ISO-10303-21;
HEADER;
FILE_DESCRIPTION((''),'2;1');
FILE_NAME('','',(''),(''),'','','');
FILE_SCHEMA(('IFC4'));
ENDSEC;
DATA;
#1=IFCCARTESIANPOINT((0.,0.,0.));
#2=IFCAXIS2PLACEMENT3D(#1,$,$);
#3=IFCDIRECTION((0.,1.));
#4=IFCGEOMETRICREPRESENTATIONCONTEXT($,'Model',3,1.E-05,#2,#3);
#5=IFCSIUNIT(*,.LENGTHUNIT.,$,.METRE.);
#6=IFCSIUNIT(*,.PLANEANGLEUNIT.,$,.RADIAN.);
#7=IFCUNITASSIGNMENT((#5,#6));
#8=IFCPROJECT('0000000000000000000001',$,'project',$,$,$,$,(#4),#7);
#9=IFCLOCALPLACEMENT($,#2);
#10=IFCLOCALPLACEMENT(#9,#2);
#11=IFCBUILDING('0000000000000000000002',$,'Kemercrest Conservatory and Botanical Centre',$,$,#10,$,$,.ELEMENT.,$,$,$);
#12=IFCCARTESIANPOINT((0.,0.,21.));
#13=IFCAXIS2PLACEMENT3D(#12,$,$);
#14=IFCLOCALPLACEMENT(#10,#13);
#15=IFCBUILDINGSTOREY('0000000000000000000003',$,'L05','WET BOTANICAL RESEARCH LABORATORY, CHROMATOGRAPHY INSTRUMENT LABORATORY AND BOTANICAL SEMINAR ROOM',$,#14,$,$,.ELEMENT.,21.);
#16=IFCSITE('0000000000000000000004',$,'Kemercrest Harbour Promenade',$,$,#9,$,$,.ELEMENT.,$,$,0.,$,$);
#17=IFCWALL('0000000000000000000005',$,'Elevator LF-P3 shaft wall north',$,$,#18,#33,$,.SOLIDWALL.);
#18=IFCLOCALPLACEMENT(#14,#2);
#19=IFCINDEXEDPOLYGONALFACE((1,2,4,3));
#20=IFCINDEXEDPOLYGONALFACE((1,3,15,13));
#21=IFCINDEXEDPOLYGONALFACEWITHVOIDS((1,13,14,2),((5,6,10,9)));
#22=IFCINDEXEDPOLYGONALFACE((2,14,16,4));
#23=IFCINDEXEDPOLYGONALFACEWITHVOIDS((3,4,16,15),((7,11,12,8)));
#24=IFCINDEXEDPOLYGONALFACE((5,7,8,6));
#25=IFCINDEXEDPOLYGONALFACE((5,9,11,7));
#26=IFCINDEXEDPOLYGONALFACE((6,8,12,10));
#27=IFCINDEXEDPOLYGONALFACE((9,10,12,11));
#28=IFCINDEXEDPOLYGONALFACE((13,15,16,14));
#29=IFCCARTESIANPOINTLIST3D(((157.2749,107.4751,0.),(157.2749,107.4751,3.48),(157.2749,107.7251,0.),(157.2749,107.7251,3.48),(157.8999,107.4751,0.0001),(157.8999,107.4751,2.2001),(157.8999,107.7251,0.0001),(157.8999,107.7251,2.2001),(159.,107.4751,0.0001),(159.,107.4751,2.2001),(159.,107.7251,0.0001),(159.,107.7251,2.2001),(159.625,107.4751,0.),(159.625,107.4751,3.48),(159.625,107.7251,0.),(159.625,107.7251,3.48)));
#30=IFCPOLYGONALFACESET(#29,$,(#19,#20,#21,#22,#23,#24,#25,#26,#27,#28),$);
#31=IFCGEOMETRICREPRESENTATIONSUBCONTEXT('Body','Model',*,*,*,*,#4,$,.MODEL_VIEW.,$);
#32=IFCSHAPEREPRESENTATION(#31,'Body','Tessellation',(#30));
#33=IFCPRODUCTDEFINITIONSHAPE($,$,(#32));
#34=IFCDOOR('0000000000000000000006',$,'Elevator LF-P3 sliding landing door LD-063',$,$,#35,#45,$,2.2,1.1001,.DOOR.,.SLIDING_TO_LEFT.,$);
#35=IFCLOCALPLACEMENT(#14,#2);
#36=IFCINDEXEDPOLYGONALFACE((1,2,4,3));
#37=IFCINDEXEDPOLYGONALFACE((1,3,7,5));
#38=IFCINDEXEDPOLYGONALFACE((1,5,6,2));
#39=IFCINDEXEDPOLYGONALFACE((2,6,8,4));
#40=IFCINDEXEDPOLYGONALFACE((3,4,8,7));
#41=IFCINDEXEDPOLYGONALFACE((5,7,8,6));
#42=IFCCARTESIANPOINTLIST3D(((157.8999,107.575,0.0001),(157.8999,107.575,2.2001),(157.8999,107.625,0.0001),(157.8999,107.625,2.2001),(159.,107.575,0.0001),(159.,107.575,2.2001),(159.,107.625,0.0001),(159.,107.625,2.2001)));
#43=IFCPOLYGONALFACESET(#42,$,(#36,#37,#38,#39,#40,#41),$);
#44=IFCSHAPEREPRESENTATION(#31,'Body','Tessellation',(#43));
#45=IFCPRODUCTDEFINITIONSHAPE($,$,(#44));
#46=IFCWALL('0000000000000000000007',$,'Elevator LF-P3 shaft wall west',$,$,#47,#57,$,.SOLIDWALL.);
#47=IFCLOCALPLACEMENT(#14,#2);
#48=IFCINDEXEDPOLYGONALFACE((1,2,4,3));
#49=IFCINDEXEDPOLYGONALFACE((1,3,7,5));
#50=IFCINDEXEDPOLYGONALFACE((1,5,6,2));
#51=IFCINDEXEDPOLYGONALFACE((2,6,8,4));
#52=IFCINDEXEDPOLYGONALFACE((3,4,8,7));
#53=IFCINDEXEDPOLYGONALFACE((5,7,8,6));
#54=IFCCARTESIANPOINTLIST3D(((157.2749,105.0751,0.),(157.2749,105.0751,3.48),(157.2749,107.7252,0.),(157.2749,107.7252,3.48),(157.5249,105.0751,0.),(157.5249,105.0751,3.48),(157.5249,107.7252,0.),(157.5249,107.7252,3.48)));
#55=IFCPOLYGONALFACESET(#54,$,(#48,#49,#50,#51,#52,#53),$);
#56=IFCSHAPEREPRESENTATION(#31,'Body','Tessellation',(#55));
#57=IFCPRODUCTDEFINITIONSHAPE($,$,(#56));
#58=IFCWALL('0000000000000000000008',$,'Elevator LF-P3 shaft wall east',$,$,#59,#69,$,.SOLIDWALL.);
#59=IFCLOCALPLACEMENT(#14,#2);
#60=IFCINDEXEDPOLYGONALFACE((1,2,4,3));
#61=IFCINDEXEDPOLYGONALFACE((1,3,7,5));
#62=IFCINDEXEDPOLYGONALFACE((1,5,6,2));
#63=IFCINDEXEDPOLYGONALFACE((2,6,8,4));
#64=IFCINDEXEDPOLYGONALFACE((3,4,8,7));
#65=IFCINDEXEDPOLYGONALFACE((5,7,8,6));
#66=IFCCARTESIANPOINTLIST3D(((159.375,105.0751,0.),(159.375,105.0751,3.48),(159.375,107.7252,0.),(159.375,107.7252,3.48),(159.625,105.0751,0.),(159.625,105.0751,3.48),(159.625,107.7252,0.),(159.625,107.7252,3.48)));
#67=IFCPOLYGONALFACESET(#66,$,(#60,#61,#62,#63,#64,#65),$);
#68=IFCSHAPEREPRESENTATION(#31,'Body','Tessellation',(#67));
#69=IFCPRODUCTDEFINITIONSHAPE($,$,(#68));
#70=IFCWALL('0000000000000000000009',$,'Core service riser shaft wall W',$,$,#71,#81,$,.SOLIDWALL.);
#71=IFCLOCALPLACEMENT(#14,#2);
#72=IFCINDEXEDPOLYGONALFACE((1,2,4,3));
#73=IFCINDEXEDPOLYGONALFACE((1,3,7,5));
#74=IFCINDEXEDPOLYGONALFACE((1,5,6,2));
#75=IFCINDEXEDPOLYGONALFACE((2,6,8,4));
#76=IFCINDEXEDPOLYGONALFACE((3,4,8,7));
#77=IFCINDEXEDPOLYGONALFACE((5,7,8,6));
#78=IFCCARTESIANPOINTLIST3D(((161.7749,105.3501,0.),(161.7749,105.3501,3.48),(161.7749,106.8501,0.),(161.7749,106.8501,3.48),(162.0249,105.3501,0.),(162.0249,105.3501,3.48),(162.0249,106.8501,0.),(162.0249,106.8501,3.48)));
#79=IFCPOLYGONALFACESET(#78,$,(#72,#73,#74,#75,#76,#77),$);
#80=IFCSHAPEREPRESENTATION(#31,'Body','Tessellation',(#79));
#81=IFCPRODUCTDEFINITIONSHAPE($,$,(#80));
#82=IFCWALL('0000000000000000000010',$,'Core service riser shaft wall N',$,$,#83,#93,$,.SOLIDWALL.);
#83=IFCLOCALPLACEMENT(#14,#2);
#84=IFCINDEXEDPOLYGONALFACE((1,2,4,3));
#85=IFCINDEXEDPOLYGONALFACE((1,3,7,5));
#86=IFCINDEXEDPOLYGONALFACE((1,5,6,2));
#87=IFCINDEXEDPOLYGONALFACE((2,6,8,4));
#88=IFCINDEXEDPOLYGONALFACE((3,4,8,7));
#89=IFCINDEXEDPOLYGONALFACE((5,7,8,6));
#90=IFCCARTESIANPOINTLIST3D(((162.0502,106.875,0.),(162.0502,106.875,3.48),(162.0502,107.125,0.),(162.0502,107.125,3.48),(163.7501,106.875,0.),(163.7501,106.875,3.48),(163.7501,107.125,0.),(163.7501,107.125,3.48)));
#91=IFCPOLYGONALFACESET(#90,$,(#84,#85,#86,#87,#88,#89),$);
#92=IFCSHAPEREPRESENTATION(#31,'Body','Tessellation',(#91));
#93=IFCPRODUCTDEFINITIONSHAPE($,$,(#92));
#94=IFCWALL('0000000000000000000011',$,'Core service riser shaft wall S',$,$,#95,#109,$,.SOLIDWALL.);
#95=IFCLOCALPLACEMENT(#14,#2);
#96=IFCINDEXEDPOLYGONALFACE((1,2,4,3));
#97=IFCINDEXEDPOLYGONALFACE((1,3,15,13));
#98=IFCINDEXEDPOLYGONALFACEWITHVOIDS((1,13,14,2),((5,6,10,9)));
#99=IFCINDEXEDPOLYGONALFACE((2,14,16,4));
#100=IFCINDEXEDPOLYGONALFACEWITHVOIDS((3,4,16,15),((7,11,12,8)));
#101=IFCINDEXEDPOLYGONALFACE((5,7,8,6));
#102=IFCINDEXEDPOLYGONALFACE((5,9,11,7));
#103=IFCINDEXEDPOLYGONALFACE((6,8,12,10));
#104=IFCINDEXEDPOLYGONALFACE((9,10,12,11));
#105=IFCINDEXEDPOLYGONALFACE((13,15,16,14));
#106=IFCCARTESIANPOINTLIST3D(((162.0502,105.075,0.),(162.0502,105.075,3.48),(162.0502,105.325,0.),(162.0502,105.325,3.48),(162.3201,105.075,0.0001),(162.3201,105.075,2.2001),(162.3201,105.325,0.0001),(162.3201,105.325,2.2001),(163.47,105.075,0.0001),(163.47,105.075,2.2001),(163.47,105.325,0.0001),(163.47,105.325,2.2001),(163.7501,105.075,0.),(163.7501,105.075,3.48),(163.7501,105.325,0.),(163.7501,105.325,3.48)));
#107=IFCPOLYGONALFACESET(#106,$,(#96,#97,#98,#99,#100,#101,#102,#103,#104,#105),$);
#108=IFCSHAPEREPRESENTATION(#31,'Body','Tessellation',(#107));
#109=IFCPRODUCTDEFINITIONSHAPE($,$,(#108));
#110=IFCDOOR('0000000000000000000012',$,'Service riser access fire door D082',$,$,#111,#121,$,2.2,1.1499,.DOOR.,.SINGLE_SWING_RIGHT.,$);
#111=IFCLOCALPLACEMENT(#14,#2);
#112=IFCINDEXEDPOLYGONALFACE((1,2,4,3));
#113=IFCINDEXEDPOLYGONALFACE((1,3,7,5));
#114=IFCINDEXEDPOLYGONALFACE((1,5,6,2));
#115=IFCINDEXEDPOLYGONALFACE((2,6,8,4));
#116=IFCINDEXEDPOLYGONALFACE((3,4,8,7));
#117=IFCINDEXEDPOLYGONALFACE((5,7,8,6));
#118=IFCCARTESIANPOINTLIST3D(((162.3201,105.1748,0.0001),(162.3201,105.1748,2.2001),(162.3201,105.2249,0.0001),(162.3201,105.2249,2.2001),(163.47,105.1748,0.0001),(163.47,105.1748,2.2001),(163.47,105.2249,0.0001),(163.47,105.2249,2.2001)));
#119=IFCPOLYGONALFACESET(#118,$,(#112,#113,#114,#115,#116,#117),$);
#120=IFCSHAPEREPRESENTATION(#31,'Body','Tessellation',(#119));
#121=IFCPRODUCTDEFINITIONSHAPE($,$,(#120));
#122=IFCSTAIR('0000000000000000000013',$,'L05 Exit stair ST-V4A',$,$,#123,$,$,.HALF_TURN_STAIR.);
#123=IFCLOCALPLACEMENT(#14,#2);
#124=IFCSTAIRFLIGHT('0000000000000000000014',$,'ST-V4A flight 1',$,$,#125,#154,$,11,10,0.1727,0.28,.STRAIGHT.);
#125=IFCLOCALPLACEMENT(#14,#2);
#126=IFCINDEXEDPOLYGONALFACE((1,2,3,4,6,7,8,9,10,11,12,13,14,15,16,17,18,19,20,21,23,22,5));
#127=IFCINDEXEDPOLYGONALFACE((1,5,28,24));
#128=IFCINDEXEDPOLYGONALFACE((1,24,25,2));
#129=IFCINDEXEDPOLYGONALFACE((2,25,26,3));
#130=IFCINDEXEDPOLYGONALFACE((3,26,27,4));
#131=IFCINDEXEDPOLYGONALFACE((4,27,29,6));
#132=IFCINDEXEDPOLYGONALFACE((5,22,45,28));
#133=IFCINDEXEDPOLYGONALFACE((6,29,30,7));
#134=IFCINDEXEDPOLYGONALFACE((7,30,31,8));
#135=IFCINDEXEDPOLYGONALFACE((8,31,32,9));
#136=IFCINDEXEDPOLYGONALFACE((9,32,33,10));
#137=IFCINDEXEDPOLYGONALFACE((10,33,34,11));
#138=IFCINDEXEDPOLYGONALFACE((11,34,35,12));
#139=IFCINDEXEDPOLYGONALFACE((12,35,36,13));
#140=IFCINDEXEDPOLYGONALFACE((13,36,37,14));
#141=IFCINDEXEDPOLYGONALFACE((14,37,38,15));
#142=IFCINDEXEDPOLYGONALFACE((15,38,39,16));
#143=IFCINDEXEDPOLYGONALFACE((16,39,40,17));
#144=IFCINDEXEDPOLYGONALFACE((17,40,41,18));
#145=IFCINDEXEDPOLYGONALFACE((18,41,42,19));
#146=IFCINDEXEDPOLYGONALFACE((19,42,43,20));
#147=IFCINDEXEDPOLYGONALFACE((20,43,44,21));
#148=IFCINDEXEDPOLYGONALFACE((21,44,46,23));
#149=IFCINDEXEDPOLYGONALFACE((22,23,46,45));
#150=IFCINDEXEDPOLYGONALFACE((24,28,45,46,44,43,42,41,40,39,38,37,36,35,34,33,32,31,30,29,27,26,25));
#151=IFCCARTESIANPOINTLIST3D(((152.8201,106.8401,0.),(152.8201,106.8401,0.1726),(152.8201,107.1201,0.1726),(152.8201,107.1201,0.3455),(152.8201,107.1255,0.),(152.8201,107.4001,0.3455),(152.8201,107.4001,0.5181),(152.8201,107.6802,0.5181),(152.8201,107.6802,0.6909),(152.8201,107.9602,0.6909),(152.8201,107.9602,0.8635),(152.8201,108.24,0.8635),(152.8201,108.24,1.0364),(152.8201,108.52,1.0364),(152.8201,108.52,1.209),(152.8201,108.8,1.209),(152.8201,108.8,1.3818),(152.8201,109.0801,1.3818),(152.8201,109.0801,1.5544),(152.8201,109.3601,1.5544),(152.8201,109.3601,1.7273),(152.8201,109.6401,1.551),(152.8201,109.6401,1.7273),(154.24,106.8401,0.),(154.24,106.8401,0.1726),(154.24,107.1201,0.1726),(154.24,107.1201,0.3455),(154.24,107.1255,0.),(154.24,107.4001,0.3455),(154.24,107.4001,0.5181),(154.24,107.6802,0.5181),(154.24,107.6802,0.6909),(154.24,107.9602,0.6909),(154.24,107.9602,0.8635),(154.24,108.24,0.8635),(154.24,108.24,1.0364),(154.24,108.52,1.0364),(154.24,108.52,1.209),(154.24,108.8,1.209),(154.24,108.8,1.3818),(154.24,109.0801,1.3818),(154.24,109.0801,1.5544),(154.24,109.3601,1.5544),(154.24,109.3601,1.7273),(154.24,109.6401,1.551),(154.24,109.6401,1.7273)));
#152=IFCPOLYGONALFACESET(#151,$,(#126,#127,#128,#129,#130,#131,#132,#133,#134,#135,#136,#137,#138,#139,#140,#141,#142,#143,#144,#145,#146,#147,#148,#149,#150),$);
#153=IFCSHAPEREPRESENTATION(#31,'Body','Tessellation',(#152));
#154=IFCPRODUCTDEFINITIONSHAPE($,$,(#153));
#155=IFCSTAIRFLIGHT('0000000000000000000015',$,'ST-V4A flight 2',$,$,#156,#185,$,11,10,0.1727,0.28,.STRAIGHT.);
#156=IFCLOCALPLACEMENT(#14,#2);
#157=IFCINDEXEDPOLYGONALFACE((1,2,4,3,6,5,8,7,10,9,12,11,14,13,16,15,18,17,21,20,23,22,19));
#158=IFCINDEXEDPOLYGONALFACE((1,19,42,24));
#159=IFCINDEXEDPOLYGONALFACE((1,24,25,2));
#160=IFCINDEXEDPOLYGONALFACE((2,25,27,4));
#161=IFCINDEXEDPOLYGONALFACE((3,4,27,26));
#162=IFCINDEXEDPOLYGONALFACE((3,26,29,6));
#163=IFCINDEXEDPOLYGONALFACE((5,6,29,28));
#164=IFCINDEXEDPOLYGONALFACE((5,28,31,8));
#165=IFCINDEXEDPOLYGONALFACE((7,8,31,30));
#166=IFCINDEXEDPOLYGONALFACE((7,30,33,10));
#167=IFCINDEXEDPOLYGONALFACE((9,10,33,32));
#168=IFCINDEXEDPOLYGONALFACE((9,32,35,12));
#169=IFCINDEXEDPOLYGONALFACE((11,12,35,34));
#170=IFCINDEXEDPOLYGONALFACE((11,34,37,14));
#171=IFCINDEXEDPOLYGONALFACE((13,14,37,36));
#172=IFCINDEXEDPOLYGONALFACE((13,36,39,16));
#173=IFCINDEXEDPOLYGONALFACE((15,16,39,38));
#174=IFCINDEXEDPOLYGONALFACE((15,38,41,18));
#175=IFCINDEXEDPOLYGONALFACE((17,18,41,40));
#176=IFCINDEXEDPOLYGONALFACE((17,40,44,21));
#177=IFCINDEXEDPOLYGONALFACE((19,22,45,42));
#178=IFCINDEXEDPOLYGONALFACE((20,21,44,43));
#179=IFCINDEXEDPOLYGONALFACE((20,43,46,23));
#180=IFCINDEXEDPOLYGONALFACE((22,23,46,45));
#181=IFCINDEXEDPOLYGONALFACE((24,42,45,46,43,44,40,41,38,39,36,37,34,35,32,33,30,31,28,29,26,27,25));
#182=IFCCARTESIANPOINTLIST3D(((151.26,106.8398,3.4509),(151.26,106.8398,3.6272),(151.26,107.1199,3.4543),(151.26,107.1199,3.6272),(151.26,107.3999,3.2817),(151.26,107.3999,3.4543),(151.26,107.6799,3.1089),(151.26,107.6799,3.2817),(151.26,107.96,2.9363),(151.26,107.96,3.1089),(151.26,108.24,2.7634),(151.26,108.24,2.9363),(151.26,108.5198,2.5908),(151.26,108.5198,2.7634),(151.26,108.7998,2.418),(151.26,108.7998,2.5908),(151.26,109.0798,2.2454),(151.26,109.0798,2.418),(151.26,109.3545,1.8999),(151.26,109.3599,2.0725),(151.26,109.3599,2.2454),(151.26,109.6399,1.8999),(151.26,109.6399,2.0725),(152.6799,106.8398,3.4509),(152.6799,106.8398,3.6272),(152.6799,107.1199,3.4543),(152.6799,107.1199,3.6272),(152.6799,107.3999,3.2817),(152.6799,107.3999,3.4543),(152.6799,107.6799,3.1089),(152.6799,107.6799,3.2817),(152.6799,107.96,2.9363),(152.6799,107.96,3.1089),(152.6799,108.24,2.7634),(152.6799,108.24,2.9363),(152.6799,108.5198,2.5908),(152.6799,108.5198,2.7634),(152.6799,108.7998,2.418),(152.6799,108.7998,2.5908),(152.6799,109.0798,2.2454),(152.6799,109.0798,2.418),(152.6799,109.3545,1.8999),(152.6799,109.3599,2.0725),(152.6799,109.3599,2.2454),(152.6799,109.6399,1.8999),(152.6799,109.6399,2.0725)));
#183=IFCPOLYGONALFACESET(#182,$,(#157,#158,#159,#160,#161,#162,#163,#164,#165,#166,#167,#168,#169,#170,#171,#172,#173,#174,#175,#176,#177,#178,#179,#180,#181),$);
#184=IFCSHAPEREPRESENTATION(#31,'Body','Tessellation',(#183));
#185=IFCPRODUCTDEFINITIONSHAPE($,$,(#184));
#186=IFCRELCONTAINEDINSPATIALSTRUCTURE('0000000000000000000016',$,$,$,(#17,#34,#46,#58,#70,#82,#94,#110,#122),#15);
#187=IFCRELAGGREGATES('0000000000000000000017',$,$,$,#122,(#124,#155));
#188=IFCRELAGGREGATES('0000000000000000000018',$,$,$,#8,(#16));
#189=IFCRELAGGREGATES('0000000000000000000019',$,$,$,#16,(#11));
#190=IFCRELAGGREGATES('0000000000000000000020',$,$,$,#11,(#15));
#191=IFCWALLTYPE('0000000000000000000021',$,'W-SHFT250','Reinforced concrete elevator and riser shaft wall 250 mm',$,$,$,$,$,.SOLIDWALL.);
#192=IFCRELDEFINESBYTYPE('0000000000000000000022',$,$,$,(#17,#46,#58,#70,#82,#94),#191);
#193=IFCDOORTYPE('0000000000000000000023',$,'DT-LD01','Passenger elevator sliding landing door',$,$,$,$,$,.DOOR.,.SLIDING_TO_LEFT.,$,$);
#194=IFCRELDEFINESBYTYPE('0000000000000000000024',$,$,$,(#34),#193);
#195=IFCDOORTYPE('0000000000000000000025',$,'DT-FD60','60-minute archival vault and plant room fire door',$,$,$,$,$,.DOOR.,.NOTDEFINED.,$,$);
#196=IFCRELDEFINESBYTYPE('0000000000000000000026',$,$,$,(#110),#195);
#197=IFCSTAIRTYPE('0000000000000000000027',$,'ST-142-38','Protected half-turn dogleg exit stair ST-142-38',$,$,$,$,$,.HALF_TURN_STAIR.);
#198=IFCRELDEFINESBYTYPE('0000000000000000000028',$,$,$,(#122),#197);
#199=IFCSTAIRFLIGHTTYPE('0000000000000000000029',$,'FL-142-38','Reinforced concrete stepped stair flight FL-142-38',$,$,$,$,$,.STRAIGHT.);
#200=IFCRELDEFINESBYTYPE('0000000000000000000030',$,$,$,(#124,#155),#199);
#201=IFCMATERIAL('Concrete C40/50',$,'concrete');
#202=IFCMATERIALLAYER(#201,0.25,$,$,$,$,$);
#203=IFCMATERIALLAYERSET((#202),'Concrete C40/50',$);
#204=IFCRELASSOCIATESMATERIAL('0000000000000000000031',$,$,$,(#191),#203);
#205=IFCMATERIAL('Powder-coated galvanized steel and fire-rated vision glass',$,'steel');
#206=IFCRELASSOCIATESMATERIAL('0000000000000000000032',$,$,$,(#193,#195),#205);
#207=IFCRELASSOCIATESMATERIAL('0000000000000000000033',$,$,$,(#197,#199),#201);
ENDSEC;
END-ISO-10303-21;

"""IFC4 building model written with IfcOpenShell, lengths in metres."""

from ifc_helpers import new_model, si_unit, direction, frame, frame_2d, origin, place, context, subcontext, project, spatial, polyline, rectangle, outline, extrude, material, layer, layer_set, type_object, element, fill, aggregate, save


model = new_model("IFC4")

# Units and contexts
model_context = context("Model", 3, precision=1e-05, world=origin(), true_north=direction((0.0, 1.0)))
body_context = subcontext(model_context, "Body", "Model", "MODEL_VIEW")
ifc_project = project(units=[si_unit("LENGTHUNIT", "METRE"), si_unit("PLANEANGLEUNIT", "RADIAN")], contexts=[model_context])

# Site, building, storey
site_placement = place(None, origin())
site = spatial("IfcSite", under=ifc_project, at=site_placement, Name="Kemercrest Harbour Promenade", CompositionType="ELEMENT", RefElevation=0.0)
building_placement = place(site_placement, origin())
building = spatial("IfcBuilding", under=site, at=building_placement, Name="Kemercrest Conservatory and Botanical Centre", CompositionType="ELEMENT")
storey_placement = place(building_placement, frame((0.0, 0.0, 21.0)))
storey = spatial("IfcBuildingStorey", under=building, at=storey_placement, Name="L05", Description="WET BOTANICAL RESEARCH LABORATORY, CHROMATOGRAPHY INSTRUMENT LABORATORY AND BOTANICAL SEMINAR ROOM", CompositionType="ELEMENT", Elevation=21.0)

# Shared definitions
ifc_material_1 = material(Name="Powder-coated galvanized steel and fire-rated vision glass", Category="steel")

# Shared definitions
ifc_material_2 = material(Name="Concrete C40/50", Category="concrete")
ifc_layer_1 = layer(ifc_material_2, 0.25)
ifc_layer_set_1 = layer_set([ifc_layer_1], Name="Concrete C40/50")
wall_type_1 = type_object("IfcWallType", Name="W-SHFT250", Description="Reinforced concrete elevator and riser shaft wall 250 mm", PredefinedType="SOLIDWALL", material=ifc_layer_set_1)

# Wall, opening, door
wall_1_placement = place(storey_placement, frame((157.2749, 107.6001, 0.0), z_axis=(0.0, 0.0, 1.0), x_axis=(1.0, 0.0, 0.0)))
wall_1 = element("IfcWall", 1, at=wall_1_placement, inside=storey, type_object=wall_type_1, Name="Elevator LF-P3 shaft wall north", PredefinedType="SOLIDWALL", context=body_context, shape_type="SweptSolid", body=[
    extrude(rectangle(XDim=2.3501, YDim=0.25, at=frame_2d((1.175, 0.0))), origin(), (0.0, 0.0, 1.0), 3.48),
])
opening_1_placement = place(wall_1_placement, frame((0.625, 0.0, 0.0)))
opening_1 = element("IfcOpeningElement", 2, at=opening_1_placement, cuts=wall_1, PredefinedType="OPENING", context=body_context, shape_type="SweptSolid", body=[
    extrude(rectangle(XDim=1.1001, YDim=2.2, at=frame_2d((0.55, 1.1001))), frame((0.0, 0.135, 0.0), z_axis=(0.0, -1.0, 0.0), x_axis=(1.0, 0.0, 0.0)), (0.0, 0.0, 1.0), 0.27),
])
door_type_1 = type_object("IfcDoorType", Name="DT-LD01", Description="Passenger elevator sliding landing door", OperationType="SLIDING_TO_LEFT", PredefinedType="DOOR", material=ifc_material_1)
door_1_placement = place(opening_1_placement, origin())
door_1 = element("IfcDoor", 3, at=door_1_placement, inside=storey, type_object=door_type_1, Name="Elevator LF-P3 sliding landing door LD-063", OperationType="SLIDING_TO_LEFT", OverallHeight=2.2, OverallWidth=1.1001, PredefinedType="DOOR", context=body_context, shape_type="SweptSolid", body=[
    extrude(rectangle(XDim=1.1001, YDim=2.2, at=frame_2d((0.55, 1.1001))), frame((0.0, 0.0249, 0.0), z_axis=(0.0, -1.0, 0.0), x_axis=(1.0, 0.0, 0.0)), (0.0, 0.0, 1.0), 0.05),
])
fill(opening_1, door_1)

# Walls
for number, where, z_axis, x_axis, name in (
    (4, (157.3999, 105.075, 0.0), (0.0, 0.0, 1.0), (0.0, 1.0, 0.0), "Elevator LF-P3 shaft wall west"),
    (5, (159.5, 105.075, 0.0), (0.0, 0.0, 1.0), (0.0, 1.0, 0.0), "Elevator LF-P3 shaft wall east"),
):
    element("IfcWall", number, at=place(storey_placement, frame(where, z_axis=z_axis, x_axis=x_axis)), inside=storey, type_object=wall_type_1, Name=name, PredefinedType="SOLIDWALL", context=body_context, shape_type="SweptSolid", body=[
        extrude(rectangle(XDim=2.6501, YDim=0.25, at=frame_2d((1.3252, 0.0))), origin(), (0.0, 0.0, 1.0), 3.48),
    ])
wall_2_placement = place(storey_placement, frame((161.8999, 105.3501, 0.0), z_axis=(0.0, 0.0, 1.0), x_axis=(0.0, 1.0, 0.0)))
element("IfcWall", 6, at=wall_2_placement, inside=storey, type_object=wall_type_1, Name="Core service riser shaft wall W", PredefinedType="SOLIDWALL", context=body_context, shape_type="SweptSolid", body=[
    extrude(rectangle(XDim=1.5, YDim=0.25, at=frame_2d((0.75, 0.0))), origin(), (0.0, 0.0, 1.0), 3.48),
])
wall_3_placement = place(storey_placement, frame((162.05, 107.0, 0.0), z_axis=(0.0, 0.0, 1.0), x_axis=(1.0, 0.0, 0.0)))
element("IfcWall", 7, at=wall_3_placement, inside=storey, type_object=wall_type_1, Name="Core service riser shaft wall N", PredefinedType="SOLIDWALL", context=body_context, shape_type="SweptSolid", body=[
    extrude(rectangle(XDim=1.7, YDim=0.25, at=frame_2d((0.8501, 0.0))), origin(), (0.0, 0.0, 1.0), 3.48),
])

# Wall, opening, door
wall_4_placement = place(storey_placement, frame((162.05, 105.2, 0.0), z_axis=(0.0, 0.0, 1.0), x_axis=(1.0, 0.0, 0.0)))
wall_4 = element("IfcWall", 8, at=wall_4_placement, inside=storey, type_object=wall_type_1, Name="Core service riser shaft wall S", PredefinedType="SOLIDWALL", context=body_context, shape_type="SweptSolid", body=[
    extrude(rectangle(XDim=1.7, YDim=0.25, at=frame_2d((0.8501, 0.0))), origin(), (0.0, 0.0, 1.0), 3.48),
])
opening_2_placement = place(wall_4_placement, frame((0.27, 0.0, 0.0)))
opening_2 = element("IfcOpeningElement", 9, at=opening_2_placement, cuts=wall_4, PredefinedType="OPENING", context=body_context, shape_type="SweptSolid", body=[
    extrude(rectangle(XDim=1.1499, YDim=2.2, at=frame_2d((0.575, 1.1001))), frame((0.0, 0.135, 0.0), z_axis=(0.0, -1.0, 0.0), x_axis=(1.0, 0.0, 0.0)), (0.0, 0.0, 1.0), 0.27),
])
door_type_2 = type_object("IfcDoorType", Name="DT-FD60", Description="60-minute archival vault and plant room fire door", OperationType="NOTDEFINED", PredefinedType="DOOR", material=ifc_material_1)
door_2_placement = place(opening_2_placement, origin())
door_2 = element("IfcDoor", 10, at=door_2_placement, inside=storey, type_object=door_type_2, Name="Service riser access fire door D082", OperationType="SINGLE_SWING_RIGHT", OverallHeight=2.2, OverallWidth=1.1499, PredefinedType="DOOR", context=body_context, shape_type="SweptSolid", body=[
    extrude(rectangle(XDim=1.1499, YDim=2.2, at=frame_2d((0.575, 1.1001))), frame((0.0, 0.0249, 0.0), z_axis=(0.0, -1.0, 0.0), x_axis=(1.0, 0.0, 0.0)), (0.0, 0.0, 1.0), 0.05),
])
fill(opening_2, door_2)

# Stair, stair flights
stair_type = type_object("IfcStairType", Name="ST-142-38", Description="Protected half-turn dogleg exit stair ST-142-38", PredefinedType="HALF_TURN_STAIR", material=ifc_material_2)
stair_placement = place(storey_placement, origin())
stair = element("IfcStair", 11, at=stair_placement, inside=storey, type_object=stair_type, Name="L05 Exit stair ST-V4A", PredefinedType="HALF_TURN_STAIR")
stair_flight_type = type_object("IfcStairFlightType", Name="FL-142-38", Description="Reinforced concrete stepped stair flight FL-142-38", PredefinedType="STRAIGHT", material=ifc_material_2)
stair_flight_1_placement = place(storey_placement, frame((153.53, 106.8401, 0.0), z_axis=(0.0, 0.0, 1.0), x_axis=(0.0, 1.0, 0.0)))
stair_flight_1 = element("IfcStairFlight", 12, at=stair_flight_1_placement, type_object=stair_flight_type, Name="ST-V4A flight 1", NumberOfRisers=11, NumberOfTreads=10, PredefinedType="STRAIGHT", RiserHeight=0.1727, TreadLength=0.28, context=body_context, shape_type="SweptSolid", body=[
    extrude(outline(polyline([(0.0, 0.0), (0.0, 0.1726), (0.28, 0.1726), (0.28, 0.3455), (0.5601, 0.3455), (0.5601, 0.5181), (0.8401, 0.5181), (0.8401, 0.6909), (1.1201, 0.6909), (1.1201, 0.8635), (1.3999, 0.8635), (1.3999, 1.0364), (1.6799, 1.0364), (1.6799, 1.209), (1.96, 1.209), (1.96, 1.3818), (2.24, 1.3818), (2.24, 1.5544), (2.52, 1.5544), (2.52, 1.7273), (2.8, 1.7273), (2.8, 1.8999), (2.8, 1.551), (0.2854, 0.0), (0.0, 0.0)])), frame((0.0, 0.71, 0.0), z_axis=(0.0, -1.0, 0.0), x_axis=(1.0, 0.0, 0.0)), (0.0, 0.0, 1.0), 1.4199),
])
stair_flight_2_placement = place(storey_placement, frame((151.97, 109.6399, 1.8999), z_axis=(0.0, 0.0, 1.0), x_axis=(0.0, -1.0, 0.0)))
stair_flight_2 = element("IfcStairFlight", 13, at=stair_flight_2_placement, type_object=stair_flight_type, Name="ST-V4A flight 2", NumberOfRisers=11, NumberOfTreads=10, PredefinedType="STRAIGHT", RiserHeight=0.1727, TreadLength=0.28, context=body_context, shape_type="SweptSolid", body=[
    extrude(outline(polyline([(0.0, 0.0), (0.0, 0.1726), (0.28, 0.1726), (0.28, 0.3455), (0.5601, 0.3455), (0.5601, 0.5181), (0.8401, 0.5181), (0.8401, 0.6909), (1.1201, 0.6909), (1.1201, 0.8635), (1.3999, 0.8635), (1.3999, 1.0364), (1.6799, 1.0364), (1.6799, 1.209), (1.96, 1.209), (1.96, 1.3818), (2.24, 1.3818), (2.24, 1.5544), (2.52, 1.5544), (2.52, 1.7273), (2.8, 1.7273), (2.8, 1.8999), (2.8, 1.551), (0.2854, 0.0), (0.0, 0.0)])), frame((0.0, 0.71, 0.0), z_axis=(0.0, -1.0, 0.0), x_axis=(1.0, 0.0, 0.0)), (0.0, 0.0, 1.0), 1.4199),
])
aggregate(stair, [stair_flight_1, stair_flight_2])

save(model, "model.ifc")
